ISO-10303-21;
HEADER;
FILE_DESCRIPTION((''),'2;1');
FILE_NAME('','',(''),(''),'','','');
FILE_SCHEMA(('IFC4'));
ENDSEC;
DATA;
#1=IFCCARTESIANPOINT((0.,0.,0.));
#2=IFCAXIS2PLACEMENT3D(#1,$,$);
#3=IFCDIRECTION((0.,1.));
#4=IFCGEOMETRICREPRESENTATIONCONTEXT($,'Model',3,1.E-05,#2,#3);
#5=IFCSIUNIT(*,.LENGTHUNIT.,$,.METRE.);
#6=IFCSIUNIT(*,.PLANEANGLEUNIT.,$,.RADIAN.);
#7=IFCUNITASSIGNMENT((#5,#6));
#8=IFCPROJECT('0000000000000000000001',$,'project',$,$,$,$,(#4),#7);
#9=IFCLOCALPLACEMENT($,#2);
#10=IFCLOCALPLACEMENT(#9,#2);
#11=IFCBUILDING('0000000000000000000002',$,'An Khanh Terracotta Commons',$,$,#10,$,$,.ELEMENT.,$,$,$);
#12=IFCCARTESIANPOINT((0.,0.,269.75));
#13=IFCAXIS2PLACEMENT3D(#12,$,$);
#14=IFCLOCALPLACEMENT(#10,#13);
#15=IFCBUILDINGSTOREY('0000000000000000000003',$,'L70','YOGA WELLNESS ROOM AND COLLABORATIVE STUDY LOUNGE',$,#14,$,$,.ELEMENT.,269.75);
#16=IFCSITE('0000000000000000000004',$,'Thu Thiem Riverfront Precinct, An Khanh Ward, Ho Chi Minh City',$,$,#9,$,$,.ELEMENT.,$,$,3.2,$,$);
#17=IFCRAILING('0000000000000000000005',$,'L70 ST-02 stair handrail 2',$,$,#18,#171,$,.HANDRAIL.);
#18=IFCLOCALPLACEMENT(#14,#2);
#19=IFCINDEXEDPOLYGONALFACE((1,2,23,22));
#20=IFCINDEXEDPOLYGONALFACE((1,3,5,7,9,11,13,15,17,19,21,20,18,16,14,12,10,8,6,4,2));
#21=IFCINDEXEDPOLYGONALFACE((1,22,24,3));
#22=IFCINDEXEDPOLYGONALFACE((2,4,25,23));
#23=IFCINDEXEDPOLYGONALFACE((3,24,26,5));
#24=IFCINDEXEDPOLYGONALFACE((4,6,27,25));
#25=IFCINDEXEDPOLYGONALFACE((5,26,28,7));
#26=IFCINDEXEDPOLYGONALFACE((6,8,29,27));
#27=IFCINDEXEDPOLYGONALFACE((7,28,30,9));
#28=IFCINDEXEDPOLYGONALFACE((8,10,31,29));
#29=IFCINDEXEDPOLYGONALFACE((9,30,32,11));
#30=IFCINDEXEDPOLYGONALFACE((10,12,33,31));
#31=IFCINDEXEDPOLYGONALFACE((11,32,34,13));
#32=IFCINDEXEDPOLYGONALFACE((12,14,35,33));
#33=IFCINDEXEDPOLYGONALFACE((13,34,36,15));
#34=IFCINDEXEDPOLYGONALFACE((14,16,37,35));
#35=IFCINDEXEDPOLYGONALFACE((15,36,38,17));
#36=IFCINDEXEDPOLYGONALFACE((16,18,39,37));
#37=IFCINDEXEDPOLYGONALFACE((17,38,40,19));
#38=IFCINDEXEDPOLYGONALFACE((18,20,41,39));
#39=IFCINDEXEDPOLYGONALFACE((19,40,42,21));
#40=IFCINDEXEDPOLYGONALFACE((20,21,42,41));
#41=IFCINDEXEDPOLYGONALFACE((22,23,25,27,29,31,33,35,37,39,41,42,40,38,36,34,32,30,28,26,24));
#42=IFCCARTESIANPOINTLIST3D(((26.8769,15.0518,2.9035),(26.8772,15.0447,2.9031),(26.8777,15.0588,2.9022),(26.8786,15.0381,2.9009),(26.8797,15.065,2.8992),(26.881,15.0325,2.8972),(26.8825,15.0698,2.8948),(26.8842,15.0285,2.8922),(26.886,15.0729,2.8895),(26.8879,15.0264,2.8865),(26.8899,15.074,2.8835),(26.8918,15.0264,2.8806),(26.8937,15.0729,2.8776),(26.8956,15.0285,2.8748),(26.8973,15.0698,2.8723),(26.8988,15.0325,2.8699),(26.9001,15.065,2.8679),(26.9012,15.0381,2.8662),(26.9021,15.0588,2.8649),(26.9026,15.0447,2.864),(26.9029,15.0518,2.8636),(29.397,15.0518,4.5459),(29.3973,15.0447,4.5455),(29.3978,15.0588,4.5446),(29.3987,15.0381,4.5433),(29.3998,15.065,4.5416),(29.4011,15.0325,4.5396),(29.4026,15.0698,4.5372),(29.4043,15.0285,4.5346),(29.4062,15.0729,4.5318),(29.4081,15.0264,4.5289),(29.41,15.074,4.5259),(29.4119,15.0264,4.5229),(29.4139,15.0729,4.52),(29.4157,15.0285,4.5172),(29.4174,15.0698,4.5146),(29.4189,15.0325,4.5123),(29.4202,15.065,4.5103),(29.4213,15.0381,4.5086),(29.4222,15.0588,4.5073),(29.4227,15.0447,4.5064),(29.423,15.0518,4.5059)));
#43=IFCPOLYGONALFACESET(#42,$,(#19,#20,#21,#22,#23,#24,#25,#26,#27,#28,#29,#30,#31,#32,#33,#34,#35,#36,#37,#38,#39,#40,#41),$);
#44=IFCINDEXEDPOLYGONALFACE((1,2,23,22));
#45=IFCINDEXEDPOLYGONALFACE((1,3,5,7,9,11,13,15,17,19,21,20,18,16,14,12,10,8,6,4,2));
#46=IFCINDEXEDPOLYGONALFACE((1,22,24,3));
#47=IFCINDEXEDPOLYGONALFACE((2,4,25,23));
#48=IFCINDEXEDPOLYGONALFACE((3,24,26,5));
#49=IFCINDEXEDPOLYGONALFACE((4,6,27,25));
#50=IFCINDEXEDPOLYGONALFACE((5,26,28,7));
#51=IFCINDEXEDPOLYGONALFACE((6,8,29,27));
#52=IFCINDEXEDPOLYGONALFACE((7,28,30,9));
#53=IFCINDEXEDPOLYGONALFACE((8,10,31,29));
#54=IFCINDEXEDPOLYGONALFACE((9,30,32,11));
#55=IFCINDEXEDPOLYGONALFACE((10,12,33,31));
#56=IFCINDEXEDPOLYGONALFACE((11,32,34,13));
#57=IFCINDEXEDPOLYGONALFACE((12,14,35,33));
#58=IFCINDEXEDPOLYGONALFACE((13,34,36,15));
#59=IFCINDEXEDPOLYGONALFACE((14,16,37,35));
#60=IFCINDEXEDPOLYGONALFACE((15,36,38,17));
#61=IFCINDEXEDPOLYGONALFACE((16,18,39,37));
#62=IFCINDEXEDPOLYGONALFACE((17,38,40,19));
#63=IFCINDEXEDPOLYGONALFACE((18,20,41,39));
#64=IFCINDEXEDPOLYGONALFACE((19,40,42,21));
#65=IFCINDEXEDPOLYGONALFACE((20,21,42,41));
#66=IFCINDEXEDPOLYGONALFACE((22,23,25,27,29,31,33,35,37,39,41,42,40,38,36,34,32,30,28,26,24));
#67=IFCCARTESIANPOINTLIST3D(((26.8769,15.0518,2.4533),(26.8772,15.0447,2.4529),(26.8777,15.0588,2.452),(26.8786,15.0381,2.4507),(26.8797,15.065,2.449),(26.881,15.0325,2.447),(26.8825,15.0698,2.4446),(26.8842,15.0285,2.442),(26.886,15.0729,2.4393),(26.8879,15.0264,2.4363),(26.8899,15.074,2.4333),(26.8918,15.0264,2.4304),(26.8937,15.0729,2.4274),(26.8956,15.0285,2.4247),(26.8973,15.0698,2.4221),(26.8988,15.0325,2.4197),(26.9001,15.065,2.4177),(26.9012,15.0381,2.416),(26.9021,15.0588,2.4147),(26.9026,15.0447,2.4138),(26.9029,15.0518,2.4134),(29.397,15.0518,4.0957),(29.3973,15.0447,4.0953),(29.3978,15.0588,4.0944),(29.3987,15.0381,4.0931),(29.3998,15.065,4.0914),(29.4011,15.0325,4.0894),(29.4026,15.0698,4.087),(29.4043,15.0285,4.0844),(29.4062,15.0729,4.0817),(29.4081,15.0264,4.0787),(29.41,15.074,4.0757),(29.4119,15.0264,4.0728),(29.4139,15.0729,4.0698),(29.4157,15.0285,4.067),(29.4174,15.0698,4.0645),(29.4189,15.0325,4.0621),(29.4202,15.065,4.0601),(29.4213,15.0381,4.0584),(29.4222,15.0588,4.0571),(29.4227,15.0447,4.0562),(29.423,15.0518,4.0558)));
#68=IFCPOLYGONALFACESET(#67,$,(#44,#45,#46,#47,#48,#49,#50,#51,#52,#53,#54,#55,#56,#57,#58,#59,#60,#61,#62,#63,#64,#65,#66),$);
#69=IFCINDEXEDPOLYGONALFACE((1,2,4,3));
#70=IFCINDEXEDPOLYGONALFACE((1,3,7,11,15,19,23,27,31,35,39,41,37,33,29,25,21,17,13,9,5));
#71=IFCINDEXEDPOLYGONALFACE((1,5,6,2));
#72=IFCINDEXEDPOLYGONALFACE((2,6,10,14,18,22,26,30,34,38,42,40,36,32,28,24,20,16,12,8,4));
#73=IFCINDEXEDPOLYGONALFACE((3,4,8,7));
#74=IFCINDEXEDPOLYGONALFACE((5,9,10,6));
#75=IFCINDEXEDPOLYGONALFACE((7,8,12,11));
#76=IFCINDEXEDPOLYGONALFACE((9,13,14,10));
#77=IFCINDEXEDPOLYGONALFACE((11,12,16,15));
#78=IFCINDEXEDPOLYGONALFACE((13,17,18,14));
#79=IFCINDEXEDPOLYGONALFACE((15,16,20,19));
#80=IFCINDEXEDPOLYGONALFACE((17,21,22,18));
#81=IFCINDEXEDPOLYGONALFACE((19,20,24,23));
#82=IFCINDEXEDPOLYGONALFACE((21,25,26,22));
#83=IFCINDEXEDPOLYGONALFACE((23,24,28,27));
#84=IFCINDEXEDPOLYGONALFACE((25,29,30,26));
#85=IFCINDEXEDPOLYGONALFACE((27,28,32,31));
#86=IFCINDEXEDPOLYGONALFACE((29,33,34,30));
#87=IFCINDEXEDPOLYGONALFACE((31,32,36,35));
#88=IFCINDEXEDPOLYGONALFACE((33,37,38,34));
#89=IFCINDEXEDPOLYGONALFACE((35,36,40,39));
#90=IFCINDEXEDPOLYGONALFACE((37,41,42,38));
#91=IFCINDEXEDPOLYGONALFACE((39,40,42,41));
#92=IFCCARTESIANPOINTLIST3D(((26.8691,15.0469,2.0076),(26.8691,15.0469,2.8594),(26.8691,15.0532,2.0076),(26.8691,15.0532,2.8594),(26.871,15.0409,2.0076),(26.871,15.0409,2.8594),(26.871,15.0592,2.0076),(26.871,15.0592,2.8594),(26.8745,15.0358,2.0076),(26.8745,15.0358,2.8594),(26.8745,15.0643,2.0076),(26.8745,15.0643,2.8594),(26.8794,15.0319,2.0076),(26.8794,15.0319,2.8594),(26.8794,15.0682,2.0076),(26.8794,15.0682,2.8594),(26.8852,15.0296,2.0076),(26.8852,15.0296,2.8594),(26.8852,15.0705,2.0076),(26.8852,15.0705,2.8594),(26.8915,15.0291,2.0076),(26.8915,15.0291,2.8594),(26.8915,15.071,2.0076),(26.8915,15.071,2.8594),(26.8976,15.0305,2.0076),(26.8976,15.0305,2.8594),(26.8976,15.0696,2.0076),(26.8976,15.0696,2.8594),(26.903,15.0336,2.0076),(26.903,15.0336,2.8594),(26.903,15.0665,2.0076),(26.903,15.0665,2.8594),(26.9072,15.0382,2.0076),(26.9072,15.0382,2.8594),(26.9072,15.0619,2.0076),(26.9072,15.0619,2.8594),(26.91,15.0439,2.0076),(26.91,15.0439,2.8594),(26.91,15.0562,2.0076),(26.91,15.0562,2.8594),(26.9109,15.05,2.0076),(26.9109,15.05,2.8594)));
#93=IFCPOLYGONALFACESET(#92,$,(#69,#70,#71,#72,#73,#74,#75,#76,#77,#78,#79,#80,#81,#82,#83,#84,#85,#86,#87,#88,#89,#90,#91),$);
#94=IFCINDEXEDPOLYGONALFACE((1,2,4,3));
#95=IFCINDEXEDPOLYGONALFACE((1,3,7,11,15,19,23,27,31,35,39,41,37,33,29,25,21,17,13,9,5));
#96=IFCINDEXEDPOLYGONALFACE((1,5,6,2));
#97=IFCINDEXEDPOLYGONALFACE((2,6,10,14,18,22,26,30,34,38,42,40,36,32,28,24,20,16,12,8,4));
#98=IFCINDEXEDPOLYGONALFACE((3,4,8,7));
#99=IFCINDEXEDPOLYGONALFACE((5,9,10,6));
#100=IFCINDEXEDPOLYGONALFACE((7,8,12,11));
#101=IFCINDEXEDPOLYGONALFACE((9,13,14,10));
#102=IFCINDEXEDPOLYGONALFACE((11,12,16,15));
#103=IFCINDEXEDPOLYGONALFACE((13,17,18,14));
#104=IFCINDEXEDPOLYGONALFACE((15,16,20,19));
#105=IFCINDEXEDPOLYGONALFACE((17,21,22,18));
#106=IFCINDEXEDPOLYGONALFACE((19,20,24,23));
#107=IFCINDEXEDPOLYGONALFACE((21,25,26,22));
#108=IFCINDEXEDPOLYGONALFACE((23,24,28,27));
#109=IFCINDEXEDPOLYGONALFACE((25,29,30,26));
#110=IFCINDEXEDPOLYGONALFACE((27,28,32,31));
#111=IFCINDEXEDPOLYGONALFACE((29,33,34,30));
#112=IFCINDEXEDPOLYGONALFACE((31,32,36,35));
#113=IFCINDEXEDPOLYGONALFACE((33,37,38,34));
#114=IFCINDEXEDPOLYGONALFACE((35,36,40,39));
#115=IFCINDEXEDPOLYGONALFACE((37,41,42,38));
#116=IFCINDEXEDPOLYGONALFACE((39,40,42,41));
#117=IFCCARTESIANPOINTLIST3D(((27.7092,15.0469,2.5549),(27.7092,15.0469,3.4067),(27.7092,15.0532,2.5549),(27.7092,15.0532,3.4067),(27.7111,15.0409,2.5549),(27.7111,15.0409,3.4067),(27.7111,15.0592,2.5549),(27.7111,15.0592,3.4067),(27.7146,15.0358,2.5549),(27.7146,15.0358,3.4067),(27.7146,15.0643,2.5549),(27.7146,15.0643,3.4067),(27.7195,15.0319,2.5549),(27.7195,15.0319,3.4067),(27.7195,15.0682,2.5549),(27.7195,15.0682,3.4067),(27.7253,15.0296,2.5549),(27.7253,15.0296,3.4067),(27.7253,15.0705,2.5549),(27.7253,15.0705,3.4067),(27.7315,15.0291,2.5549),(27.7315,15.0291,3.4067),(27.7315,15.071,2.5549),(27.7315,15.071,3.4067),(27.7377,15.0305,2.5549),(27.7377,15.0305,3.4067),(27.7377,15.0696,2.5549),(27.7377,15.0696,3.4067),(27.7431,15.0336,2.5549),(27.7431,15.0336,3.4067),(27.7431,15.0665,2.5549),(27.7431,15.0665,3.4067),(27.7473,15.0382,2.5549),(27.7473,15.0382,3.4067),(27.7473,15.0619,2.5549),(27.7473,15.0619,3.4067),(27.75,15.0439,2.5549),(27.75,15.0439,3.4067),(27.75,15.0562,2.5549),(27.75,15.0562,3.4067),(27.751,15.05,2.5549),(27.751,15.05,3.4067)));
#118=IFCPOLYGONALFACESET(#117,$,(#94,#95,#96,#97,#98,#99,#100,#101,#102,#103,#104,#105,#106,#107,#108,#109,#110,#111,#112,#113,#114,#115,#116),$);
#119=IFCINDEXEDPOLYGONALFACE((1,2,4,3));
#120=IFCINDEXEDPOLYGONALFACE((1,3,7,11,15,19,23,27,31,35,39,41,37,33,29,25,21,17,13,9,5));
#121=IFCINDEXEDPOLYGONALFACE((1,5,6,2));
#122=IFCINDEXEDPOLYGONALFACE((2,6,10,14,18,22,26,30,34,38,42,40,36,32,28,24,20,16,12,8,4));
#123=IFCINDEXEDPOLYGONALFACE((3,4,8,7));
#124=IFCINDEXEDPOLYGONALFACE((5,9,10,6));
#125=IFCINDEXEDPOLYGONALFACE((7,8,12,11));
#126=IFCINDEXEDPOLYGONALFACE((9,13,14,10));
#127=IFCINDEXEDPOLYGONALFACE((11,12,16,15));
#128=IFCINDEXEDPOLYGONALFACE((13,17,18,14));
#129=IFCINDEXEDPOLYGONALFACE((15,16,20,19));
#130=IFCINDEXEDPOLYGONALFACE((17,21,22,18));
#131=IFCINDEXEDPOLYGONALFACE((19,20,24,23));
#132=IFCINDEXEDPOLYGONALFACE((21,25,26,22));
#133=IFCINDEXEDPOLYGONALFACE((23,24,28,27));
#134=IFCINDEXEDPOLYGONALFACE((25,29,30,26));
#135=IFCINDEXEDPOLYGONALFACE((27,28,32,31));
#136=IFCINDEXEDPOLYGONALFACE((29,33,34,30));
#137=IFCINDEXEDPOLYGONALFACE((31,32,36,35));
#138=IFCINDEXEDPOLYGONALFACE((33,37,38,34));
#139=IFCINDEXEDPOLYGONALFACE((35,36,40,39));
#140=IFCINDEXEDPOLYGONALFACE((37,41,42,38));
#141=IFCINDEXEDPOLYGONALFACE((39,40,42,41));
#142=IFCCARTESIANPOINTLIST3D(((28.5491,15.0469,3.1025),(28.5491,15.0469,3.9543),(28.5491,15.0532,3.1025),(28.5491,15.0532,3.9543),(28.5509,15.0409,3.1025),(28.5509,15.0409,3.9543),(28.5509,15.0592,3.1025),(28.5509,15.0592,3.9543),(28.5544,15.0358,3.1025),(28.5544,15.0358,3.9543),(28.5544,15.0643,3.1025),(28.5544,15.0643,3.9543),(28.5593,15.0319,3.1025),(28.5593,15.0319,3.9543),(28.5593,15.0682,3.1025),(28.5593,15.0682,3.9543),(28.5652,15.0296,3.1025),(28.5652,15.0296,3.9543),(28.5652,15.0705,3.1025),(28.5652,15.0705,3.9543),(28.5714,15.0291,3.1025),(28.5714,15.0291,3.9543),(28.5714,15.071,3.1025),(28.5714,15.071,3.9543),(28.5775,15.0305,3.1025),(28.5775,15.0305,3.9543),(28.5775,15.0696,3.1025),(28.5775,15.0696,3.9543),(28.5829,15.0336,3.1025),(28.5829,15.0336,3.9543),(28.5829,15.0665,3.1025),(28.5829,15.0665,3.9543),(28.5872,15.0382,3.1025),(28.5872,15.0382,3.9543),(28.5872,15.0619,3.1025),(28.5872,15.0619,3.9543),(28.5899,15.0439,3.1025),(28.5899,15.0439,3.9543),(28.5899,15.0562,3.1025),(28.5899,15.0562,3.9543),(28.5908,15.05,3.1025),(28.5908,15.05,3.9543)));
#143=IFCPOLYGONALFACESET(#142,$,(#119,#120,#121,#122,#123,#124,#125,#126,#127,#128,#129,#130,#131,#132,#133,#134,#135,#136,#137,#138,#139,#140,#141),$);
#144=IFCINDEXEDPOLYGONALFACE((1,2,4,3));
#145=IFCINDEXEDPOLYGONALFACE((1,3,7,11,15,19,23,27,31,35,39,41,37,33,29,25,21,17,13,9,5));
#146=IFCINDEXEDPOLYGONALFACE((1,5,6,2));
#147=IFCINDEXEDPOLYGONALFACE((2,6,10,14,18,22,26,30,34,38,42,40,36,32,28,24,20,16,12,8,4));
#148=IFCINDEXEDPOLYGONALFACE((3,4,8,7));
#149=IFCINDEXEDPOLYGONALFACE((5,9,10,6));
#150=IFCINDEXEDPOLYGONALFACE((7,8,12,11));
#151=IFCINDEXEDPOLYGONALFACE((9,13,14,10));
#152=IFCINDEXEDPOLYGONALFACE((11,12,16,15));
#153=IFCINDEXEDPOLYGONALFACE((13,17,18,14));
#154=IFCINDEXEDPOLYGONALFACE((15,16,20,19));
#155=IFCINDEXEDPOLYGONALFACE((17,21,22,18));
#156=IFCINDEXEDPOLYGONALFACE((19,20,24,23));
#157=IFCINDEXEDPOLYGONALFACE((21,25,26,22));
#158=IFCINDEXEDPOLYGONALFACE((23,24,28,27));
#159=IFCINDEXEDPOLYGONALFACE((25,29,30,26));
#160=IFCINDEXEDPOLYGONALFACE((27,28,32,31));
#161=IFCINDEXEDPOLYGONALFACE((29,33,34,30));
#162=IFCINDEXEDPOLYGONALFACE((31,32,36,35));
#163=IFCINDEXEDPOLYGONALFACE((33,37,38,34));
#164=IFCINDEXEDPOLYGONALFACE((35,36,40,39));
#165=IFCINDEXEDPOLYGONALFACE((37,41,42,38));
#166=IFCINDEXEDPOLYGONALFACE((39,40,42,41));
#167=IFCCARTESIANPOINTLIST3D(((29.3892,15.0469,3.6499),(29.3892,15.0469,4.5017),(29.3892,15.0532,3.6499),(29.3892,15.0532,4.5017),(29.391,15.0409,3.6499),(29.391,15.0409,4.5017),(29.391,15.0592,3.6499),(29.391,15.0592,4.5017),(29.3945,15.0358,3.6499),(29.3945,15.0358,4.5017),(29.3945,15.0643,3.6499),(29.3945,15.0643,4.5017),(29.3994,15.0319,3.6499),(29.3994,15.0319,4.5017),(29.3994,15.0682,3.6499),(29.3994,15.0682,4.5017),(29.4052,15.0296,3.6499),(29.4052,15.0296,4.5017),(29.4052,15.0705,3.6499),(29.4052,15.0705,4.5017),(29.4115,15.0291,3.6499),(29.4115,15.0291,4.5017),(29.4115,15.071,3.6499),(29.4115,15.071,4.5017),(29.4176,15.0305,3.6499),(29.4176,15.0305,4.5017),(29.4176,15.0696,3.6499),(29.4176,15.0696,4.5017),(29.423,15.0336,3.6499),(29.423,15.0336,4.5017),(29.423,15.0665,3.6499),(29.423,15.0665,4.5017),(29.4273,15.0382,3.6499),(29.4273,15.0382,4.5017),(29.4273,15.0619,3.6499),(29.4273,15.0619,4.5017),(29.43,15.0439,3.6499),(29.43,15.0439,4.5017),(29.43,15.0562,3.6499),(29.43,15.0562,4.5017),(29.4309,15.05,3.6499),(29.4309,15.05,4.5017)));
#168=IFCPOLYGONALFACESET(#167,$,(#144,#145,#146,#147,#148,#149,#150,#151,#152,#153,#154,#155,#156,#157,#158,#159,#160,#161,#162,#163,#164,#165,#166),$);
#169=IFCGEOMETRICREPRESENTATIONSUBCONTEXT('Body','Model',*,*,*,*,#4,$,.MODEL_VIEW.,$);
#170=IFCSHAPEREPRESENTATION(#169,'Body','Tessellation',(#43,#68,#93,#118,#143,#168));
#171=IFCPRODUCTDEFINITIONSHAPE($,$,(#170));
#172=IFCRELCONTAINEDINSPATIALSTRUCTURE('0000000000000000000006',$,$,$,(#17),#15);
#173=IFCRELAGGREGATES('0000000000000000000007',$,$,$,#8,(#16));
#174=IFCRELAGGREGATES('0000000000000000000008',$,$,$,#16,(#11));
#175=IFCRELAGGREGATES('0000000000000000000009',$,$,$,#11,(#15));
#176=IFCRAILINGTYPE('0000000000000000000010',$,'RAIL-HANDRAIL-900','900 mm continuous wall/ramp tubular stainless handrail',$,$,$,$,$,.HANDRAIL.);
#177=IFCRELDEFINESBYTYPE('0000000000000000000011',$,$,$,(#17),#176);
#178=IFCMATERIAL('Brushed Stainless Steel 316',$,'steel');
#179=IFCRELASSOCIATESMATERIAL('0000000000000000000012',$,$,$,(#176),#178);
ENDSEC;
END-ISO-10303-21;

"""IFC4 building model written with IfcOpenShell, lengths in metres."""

from ifc_helpers import new_model, si_unit, direction, frame, origin, origin_2d, place, context, subcontext, project, spatial, circle, extrude, material, type_object, element, save


model = new_model("IFC4")

# Units and contexts
model_context = context("Model", 3, precision=1e-05, world=origin(), true_north=direction((0.0, 1.0)))
body_context = subcontext(model_context, "Body", "Model", "MODEL_VIEW")
ifc_project = project(units=[si_unit("LENGTHUNIT", "METRE"), si_unit("PLANEANGLEUNIT", "RADIAN")], contexts=[model_context])

# Site, building, storey
site_placement = place(None, origin())
site = spatial("IfcSite", under=ifc_project, at=site_placement, Name="Thu Thiem Riverfront Precinct, An Khanh Ward, Ho Chi Minh City", CompositionType="ELEMENT", RefElevation=3.2)
building_placement = place(site_placement, origin())
building = spatial("IfcBuilding", under=site, at=building_placement, Name="An Khanh Terracotta Commons", CompositionType="ELEMENT")
storey_placement = place(building_placement, frame((0.0, 0.0, 269.75)))
storey = spatial("IfcBuildingStorey", under=building, at=storey_placement, Name="L70", Description="YOGA WELLNESS ROOM AND COLLABORATIVE STUDY LOUNGE", CompositionType="ELEMENT", Elevation=269.75)

# Railing
ifc_material_1 = material(Name="Brushed Stainless Steel 316", Category="steel")
railing_type_1 = type_object("IfcRailingType", Name="RAIL-HANDRAIL-900", Description="900 mm continuous wall/ramp tubular stainless handrail", PredefinedType="HANDRAIL", material=ifc_material_1)
railing_1_placement = place(storey_placement, frame((26.8899, 15.05, 2.0076)))
element("IfcRailing", 1, at=railing_1_placement, inside=storey, type_object=railing_type_1, Name="L70 ST-02 stair handrail 2", PredefinedType="HANDRAIL", context=body_context, shape_type="SweptSolid", body=[
    extrude(circle(Radius=0.0239, at=origin_2d()), frame((0.0, 0.0, 0.876), z_axis=(0.837787, 0.0, 0.545998), x_axis=(0.0, 1.0, 0.0)), (0.0, 0.0, 1.0), 3.0081),
    extrude(circle(Radius=0.0239, at=origin_2d()), frame((0.0, 0.0, 0.4258), z_axis=(0.837787, 0.0, 0.545998), x_axis=(0.0, 1.0, 0.0)), (0.0, 0.0, 1.0), 3.0081),
    extrude(circle(Radius=0.021, at=origin_2d()), origin(), (0.0, 0.0, 1.0), 0.8518),
    extrude(circle(Radius=0.021, at=origin_2d()), frame((0.8401, 0.0, 0.5474)), (0.0, 0.0, 1.0), 0.8518),
    extrude(circle(Radius=0.021, at=origin_2d()), frame((1.6799, 0.0, 1.095)), (0.0, 0.0, 1.0), 0.8518),
    extrude(circle(Radius=0.021, at=origin_2d()), frame((2.52, 0.0, 1.6423)), (0.0, 0.0, 1.0), 0.8518),
])

save(model, "model.ifc")
